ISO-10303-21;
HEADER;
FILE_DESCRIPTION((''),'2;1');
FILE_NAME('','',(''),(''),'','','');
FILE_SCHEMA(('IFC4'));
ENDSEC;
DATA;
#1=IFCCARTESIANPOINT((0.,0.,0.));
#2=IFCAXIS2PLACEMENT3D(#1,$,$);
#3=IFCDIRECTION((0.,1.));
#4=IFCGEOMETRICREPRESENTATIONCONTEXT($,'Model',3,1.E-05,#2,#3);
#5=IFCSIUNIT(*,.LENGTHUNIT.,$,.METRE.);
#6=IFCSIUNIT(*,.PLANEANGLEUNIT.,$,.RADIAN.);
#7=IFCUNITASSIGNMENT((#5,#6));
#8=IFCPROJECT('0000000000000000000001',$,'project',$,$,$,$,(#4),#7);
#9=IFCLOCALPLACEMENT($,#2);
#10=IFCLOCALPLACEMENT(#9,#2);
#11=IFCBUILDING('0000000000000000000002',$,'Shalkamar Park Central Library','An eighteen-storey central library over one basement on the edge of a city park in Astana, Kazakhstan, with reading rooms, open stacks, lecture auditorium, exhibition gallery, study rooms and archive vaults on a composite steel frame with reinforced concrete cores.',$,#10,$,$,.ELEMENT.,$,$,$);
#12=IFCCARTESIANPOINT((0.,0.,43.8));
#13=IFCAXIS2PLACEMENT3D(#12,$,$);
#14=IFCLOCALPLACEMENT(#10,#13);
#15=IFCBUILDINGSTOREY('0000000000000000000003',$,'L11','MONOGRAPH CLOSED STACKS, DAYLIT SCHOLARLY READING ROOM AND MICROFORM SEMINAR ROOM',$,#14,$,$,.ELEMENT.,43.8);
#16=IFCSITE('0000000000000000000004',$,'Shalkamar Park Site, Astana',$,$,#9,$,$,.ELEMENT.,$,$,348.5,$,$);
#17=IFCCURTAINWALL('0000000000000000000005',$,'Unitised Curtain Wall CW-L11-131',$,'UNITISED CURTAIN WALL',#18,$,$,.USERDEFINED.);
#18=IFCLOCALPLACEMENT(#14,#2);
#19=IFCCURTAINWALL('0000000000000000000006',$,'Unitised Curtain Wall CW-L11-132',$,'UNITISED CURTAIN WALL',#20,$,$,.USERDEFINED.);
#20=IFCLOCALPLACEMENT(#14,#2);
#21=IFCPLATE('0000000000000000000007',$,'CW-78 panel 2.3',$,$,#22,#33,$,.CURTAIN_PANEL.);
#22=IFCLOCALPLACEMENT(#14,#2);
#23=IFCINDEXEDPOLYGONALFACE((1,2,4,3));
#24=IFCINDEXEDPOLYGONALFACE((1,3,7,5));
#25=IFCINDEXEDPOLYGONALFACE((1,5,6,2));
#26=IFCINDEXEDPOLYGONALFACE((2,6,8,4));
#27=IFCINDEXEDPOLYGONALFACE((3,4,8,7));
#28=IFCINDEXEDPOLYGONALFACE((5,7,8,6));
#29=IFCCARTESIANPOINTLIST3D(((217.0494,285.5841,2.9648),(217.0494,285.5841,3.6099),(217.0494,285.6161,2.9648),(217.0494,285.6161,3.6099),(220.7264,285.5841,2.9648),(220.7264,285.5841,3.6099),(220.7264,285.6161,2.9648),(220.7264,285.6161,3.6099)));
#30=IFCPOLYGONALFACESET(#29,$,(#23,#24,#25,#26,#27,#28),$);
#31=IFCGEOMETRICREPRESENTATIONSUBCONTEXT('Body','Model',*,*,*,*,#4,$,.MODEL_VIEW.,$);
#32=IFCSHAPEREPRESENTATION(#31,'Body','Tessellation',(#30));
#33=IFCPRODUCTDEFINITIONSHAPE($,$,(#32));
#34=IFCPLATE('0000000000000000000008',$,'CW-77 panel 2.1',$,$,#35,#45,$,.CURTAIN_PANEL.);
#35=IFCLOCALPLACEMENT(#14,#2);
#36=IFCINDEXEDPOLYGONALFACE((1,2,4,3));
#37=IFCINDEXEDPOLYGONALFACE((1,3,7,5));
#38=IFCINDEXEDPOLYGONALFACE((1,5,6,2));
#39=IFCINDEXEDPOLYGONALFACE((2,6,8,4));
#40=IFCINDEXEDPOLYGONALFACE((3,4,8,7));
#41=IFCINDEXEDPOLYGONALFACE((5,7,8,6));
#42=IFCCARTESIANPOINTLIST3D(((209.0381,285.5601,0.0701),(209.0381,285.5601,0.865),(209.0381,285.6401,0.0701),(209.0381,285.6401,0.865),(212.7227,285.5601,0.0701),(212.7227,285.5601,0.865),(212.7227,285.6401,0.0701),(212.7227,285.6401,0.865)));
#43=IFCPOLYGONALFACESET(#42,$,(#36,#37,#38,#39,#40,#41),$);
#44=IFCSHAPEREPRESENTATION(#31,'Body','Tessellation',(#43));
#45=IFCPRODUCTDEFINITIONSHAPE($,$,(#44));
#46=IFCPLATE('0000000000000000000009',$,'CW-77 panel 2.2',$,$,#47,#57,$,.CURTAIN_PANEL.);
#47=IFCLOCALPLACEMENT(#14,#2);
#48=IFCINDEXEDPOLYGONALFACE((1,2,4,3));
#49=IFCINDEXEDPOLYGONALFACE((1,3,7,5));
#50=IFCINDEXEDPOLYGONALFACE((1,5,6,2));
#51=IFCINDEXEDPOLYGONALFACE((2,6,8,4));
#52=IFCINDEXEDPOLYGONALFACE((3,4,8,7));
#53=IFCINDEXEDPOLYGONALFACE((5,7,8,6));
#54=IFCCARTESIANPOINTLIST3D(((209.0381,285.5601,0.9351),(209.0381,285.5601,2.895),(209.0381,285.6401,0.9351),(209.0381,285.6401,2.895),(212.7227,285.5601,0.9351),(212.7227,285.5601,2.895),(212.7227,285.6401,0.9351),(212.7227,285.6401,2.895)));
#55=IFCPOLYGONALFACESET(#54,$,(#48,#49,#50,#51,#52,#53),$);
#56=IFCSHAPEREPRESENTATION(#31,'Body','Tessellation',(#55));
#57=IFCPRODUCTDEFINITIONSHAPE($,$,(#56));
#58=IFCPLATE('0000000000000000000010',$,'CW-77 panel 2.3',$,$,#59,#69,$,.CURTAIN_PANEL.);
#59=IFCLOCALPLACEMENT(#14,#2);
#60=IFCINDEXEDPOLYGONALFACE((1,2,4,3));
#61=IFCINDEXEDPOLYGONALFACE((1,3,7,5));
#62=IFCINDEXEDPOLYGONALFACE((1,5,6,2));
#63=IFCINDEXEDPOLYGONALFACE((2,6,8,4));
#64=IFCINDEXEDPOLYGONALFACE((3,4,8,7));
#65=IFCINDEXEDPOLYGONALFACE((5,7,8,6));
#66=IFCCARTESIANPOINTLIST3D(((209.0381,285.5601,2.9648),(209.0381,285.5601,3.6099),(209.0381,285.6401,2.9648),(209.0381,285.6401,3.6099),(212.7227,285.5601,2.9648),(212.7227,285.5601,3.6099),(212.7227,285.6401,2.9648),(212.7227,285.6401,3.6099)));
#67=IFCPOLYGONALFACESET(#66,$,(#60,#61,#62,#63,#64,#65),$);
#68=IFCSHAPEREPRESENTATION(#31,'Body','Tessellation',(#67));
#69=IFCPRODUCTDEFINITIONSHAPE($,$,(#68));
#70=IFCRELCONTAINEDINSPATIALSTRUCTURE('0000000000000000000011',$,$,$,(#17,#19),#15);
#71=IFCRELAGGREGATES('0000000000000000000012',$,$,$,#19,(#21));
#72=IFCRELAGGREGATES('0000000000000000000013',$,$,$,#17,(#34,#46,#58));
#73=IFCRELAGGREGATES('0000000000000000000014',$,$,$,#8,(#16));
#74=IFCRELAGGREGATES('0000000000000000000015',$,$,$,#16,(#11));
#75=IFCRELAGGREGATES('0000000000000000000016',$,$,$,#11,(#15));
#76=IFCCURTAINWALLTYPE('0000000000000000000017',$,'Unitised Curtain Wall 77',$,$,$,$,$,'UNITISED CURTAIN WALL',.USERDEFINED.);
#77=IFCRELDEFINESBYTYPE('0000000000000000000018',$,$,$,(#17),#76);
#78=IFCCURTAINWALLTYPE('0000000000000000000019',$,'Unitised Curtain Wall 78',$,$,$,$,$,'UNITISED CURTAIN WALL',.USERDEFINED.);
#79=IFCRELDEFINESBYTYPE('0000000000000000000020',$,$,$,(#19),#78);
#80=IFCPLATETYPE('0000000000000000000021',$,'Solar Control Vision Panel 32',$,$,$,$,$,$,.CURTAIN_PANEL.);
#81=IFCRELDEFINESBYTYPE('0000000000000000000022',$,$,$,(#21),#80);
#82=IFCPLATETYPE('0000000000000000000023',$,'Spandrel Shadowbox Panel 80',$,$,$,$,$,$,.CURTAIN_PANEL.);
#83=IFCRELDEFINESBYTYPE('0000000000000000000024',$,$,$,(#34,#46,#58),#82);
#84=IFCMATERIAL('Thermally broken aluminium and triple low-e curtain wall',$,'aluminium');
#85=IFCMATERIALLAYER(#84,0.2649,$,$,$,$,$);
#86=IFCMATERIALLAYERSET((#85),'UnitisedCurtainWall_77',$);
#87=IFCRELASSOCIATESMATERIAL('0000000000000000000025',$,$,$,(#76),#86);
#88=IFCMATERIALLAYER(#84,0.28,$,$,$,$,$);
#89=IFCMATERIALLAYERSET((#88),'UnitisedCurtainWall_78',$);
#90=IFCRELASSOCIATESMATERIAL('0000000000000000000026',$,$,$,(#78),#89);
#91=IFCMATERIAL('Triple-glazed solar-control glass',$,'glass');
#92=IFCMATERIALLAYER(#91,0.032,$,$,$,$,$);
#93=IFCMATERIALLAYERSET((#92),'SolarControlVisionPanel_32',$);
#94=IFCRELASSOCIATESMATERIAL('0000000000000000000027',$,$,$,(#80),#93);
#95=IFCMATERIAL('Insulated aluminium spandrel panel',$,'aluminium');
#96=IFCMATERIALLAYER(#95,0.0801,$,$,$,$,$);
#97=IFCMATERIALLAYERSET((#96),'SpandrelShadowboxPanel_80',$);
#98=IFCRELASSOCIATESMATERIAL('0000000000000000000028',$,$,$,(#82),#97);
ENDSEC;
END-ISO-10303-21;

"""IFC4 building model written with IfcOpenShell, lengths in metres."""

from ifc_helpers import new_model, si_unit, direction, frame, origin, origin_2d, place, context, subcontext, project, spatial, rectangle, extrude, material, layer, layer_set, type_object, element, aggregate, save


model = new_model("IFC4")

# Units and contexts
model_context = context("Model", 3, precision=1e-05, world=origin(), true_north=direction((0.0, 1.0)))
body_context = subcontext(model_context, "Body", "Model", "MODEL_VIEW")
ifc_project = project(units=[si_unit("LENGTHUNIT", "METRE"), si_unit("PLANEANGLEUNIT", "RADIAN")], contexts=[model_context])

# Site, building, storey
site_placement = place(None, origin())
site = spatial("IfcSite", under=ifc_project, at=site_placement, Name="Shalkamar Park Site, Astana", CompositionType="ELEMENT", RefElevation=348.5)
building_placement = place(site_placement, origin())
building = spatial("IfcBuilding", under=site, at=building_placement, Name="Shalkamar Park Central Library", Description="An eighteen-storey central library over one basement on the edge of a city park in Astana, Kazakhstan, with reading rooms, open stacks, lecture auditorium, exhibition gallery, study rooms and archive vaults on a composite steel frame with reinforced concrete cores.", CompositionType="ELEMENT")
storey_placement = place(building_placement, frame((0.0, 0.0, 43.8)))
storey = spatial("IfcBuildingStorey", under=building, at=storey_placement, Name="L11", Description="MONOGRAPH CLOSED STACKS, DAYLIT SCHOLARLY READING ROOM AND MICROFORM SEMINAR ROOM", CompositionType="ELEMENT", Elevation=43.8)

# Curtain wall
ifc_material_1 = material(Name="Thermally broken aluminium and triple low-e curtain wall", Category="aluminium")
ifc_layer_1 = layer(ifc_material_1, 0.2649)
ifc_layer_set_1 = layer_set([ifc_layer_1], Name="UnitisedCurtainWall_77")
curtain_wall_type_1 = type_object("IfcCurtainWallType", Name="Unitised Curtain Wall 77", ElementType="UNITISED CURTAIN WALL", PredefinedType="USERDEFINED", material=ifc_layer_set_1)
curtain_wall_1_placement = place(storey_placement, origin())
curtain_wall_1 = element("IfcCurtainWall", 1, at=curtain_wall_1_placement, inside=storey, type_object=curtain_wall_type_1, Name="Unitised Curtain Wall CW-L11-131", ObjectType="UNITISED CURTAIN WALL", PredefinedType="USERDEFINED")

# Curtain wall
ifc_layer_2 = layer(ifc_material_1, 0.28)
ifc_layer_set_2 = layer_set([ifc_layer_2], Name="UnitisedCurtainWall_78")
curtain_wall_type_2 = type_object("IfcCurtainWallType", Name="Unitised Curtain Wall 78", ElementType="UNITISED CURTAIN WALL", PredefinedType="USERDEFINED", material=ifc_layer_set_2)
curtain_wall_2_placement = place(storey_placement, origin())
curtain_wall_2 = element("IfcCurtainWall", 2, at=curtain_wall_2_placement, inside=storey, type_object=curtain_wall_type_2, Name="Unitised Curtain Wall CW-L11-132", ObjectType="UNITISED CURTAIN WALL", PredefinedType="USERDEFINED")

# Plates
ifc_material_2 = material(Name="Triple-glazed solar-control glass", Category="glass")
ifc_layer_3 = layer(ifc_material_2, 0.032)
ifc_layer_set_3 = layer_set([ifc_layer_3], Name="SolarControlVisionPanel_32")
plate_type_1 = type_object("IfcPlateType", Name="Solar Control Vision Panel 32", PredefinedType="CURTAIN_PANEL", material=ifc_layer_set_3)
plate_1_placement = place(storey_placement, frame((218.8879, 285.6001, 2.9648), z_axis=(0.0, 0.0, 1.0), x_axis=(1.0, 0.0, 0.0)))
plate_1 = element("IfcPlate", 3, at=plate_1_placement, type_object=plate_type_1, Name="CW-78 panel 2.3", PredefinedType="CURTAIN_PANEL", context=body_context, shape_type="SweptSolid", body=[
    extrude(rectangle(XDim=3.677, YDim=0.032, at=origin_2d()), origin(), (0.0, 0.0, 1.0), 0.645),
])
aggregate(curtain_wall_2, [plate_1])
ifc_material_3 = material(Name="Insulated aluminium spandrel panel", Category="aluminium")
ifc_layer_4 = layer(ifc_material_3, 0.0801)
ifc_layer_set_4 = layer_set([ifc_layer_4], Name="SpandrelShadowboxPanel_80")
plate_type_2 = type_object("IfcPlateType", Name="Spandrel Shadowbox Panel 80", PredefinedType="CURTAIN_PANEL", material=ifc_layer_set_4)
plate_2_placement = place(storey_placement, frame((210.8804, 285.6001, 0.0701), z_axis=(0.0, 0.0, 1.0), x_axis=(1.0, 0.0, 0.0)))
plate_2 = element("IfcPlate", 4, at=plate_2_placement, type_object=plate_type_2, Name="CW-77 panel 2.1", PredefinedType="CURTAIN_PANEL", context=body_context, shape_type="SweptSolid", body=[
    extrude(rectangle(XDim=3.6846, YDim=0.0801, at=origin_2d()), origin(), (0.0, 0.0, 1.0), 0.7949),
])
plate_3_placement = place(storey_placement, frame((210.8804, 285.6001, 0.9351), z_axis=(0.0, 0.0, 1.0), x_axis=(1.0, 0.0, 0.0)))
plate_3 = element("IfcPlate", 5, at=plate_3_placement, type_object=plate_type_2, Name="CW-77 panel 2.2", PredefinedType="CURTAIN_PANEL", context=body_context, shape_type="SweptSolid", body=[
    extrude(rectangle(XDim=3.6846, YDim=0.0801, at=origin_2d()), origin(), (0.0, 0.0, 1.0), 1.96),
])
plate_4_placement = place(storey_placement, frame((210.8804, 285.6001, 2.9648), z_axis=(0.0, 0.0, 1.0), x_axis=(1.0, 0.0, 0.0)))
plate_4 = element("IfcPlate", 6, at=plate_4_placement, type_object=plate_type_2, Name="CW-77 panel 2.3", PredefinedType="CURTAIN_PANEL", context=body_context, shape_type="SweptSolid", body=[
    extrude(rectangle(XDim=3.6846, YDim=0.0801, at=origin_2d()), origin(), (0.0, 0.0, 1.0), 0.645),
])
aggregate(curtain_wall_1, [plate_2, plate_3, plate_4])

save(model, "model.ifc")
